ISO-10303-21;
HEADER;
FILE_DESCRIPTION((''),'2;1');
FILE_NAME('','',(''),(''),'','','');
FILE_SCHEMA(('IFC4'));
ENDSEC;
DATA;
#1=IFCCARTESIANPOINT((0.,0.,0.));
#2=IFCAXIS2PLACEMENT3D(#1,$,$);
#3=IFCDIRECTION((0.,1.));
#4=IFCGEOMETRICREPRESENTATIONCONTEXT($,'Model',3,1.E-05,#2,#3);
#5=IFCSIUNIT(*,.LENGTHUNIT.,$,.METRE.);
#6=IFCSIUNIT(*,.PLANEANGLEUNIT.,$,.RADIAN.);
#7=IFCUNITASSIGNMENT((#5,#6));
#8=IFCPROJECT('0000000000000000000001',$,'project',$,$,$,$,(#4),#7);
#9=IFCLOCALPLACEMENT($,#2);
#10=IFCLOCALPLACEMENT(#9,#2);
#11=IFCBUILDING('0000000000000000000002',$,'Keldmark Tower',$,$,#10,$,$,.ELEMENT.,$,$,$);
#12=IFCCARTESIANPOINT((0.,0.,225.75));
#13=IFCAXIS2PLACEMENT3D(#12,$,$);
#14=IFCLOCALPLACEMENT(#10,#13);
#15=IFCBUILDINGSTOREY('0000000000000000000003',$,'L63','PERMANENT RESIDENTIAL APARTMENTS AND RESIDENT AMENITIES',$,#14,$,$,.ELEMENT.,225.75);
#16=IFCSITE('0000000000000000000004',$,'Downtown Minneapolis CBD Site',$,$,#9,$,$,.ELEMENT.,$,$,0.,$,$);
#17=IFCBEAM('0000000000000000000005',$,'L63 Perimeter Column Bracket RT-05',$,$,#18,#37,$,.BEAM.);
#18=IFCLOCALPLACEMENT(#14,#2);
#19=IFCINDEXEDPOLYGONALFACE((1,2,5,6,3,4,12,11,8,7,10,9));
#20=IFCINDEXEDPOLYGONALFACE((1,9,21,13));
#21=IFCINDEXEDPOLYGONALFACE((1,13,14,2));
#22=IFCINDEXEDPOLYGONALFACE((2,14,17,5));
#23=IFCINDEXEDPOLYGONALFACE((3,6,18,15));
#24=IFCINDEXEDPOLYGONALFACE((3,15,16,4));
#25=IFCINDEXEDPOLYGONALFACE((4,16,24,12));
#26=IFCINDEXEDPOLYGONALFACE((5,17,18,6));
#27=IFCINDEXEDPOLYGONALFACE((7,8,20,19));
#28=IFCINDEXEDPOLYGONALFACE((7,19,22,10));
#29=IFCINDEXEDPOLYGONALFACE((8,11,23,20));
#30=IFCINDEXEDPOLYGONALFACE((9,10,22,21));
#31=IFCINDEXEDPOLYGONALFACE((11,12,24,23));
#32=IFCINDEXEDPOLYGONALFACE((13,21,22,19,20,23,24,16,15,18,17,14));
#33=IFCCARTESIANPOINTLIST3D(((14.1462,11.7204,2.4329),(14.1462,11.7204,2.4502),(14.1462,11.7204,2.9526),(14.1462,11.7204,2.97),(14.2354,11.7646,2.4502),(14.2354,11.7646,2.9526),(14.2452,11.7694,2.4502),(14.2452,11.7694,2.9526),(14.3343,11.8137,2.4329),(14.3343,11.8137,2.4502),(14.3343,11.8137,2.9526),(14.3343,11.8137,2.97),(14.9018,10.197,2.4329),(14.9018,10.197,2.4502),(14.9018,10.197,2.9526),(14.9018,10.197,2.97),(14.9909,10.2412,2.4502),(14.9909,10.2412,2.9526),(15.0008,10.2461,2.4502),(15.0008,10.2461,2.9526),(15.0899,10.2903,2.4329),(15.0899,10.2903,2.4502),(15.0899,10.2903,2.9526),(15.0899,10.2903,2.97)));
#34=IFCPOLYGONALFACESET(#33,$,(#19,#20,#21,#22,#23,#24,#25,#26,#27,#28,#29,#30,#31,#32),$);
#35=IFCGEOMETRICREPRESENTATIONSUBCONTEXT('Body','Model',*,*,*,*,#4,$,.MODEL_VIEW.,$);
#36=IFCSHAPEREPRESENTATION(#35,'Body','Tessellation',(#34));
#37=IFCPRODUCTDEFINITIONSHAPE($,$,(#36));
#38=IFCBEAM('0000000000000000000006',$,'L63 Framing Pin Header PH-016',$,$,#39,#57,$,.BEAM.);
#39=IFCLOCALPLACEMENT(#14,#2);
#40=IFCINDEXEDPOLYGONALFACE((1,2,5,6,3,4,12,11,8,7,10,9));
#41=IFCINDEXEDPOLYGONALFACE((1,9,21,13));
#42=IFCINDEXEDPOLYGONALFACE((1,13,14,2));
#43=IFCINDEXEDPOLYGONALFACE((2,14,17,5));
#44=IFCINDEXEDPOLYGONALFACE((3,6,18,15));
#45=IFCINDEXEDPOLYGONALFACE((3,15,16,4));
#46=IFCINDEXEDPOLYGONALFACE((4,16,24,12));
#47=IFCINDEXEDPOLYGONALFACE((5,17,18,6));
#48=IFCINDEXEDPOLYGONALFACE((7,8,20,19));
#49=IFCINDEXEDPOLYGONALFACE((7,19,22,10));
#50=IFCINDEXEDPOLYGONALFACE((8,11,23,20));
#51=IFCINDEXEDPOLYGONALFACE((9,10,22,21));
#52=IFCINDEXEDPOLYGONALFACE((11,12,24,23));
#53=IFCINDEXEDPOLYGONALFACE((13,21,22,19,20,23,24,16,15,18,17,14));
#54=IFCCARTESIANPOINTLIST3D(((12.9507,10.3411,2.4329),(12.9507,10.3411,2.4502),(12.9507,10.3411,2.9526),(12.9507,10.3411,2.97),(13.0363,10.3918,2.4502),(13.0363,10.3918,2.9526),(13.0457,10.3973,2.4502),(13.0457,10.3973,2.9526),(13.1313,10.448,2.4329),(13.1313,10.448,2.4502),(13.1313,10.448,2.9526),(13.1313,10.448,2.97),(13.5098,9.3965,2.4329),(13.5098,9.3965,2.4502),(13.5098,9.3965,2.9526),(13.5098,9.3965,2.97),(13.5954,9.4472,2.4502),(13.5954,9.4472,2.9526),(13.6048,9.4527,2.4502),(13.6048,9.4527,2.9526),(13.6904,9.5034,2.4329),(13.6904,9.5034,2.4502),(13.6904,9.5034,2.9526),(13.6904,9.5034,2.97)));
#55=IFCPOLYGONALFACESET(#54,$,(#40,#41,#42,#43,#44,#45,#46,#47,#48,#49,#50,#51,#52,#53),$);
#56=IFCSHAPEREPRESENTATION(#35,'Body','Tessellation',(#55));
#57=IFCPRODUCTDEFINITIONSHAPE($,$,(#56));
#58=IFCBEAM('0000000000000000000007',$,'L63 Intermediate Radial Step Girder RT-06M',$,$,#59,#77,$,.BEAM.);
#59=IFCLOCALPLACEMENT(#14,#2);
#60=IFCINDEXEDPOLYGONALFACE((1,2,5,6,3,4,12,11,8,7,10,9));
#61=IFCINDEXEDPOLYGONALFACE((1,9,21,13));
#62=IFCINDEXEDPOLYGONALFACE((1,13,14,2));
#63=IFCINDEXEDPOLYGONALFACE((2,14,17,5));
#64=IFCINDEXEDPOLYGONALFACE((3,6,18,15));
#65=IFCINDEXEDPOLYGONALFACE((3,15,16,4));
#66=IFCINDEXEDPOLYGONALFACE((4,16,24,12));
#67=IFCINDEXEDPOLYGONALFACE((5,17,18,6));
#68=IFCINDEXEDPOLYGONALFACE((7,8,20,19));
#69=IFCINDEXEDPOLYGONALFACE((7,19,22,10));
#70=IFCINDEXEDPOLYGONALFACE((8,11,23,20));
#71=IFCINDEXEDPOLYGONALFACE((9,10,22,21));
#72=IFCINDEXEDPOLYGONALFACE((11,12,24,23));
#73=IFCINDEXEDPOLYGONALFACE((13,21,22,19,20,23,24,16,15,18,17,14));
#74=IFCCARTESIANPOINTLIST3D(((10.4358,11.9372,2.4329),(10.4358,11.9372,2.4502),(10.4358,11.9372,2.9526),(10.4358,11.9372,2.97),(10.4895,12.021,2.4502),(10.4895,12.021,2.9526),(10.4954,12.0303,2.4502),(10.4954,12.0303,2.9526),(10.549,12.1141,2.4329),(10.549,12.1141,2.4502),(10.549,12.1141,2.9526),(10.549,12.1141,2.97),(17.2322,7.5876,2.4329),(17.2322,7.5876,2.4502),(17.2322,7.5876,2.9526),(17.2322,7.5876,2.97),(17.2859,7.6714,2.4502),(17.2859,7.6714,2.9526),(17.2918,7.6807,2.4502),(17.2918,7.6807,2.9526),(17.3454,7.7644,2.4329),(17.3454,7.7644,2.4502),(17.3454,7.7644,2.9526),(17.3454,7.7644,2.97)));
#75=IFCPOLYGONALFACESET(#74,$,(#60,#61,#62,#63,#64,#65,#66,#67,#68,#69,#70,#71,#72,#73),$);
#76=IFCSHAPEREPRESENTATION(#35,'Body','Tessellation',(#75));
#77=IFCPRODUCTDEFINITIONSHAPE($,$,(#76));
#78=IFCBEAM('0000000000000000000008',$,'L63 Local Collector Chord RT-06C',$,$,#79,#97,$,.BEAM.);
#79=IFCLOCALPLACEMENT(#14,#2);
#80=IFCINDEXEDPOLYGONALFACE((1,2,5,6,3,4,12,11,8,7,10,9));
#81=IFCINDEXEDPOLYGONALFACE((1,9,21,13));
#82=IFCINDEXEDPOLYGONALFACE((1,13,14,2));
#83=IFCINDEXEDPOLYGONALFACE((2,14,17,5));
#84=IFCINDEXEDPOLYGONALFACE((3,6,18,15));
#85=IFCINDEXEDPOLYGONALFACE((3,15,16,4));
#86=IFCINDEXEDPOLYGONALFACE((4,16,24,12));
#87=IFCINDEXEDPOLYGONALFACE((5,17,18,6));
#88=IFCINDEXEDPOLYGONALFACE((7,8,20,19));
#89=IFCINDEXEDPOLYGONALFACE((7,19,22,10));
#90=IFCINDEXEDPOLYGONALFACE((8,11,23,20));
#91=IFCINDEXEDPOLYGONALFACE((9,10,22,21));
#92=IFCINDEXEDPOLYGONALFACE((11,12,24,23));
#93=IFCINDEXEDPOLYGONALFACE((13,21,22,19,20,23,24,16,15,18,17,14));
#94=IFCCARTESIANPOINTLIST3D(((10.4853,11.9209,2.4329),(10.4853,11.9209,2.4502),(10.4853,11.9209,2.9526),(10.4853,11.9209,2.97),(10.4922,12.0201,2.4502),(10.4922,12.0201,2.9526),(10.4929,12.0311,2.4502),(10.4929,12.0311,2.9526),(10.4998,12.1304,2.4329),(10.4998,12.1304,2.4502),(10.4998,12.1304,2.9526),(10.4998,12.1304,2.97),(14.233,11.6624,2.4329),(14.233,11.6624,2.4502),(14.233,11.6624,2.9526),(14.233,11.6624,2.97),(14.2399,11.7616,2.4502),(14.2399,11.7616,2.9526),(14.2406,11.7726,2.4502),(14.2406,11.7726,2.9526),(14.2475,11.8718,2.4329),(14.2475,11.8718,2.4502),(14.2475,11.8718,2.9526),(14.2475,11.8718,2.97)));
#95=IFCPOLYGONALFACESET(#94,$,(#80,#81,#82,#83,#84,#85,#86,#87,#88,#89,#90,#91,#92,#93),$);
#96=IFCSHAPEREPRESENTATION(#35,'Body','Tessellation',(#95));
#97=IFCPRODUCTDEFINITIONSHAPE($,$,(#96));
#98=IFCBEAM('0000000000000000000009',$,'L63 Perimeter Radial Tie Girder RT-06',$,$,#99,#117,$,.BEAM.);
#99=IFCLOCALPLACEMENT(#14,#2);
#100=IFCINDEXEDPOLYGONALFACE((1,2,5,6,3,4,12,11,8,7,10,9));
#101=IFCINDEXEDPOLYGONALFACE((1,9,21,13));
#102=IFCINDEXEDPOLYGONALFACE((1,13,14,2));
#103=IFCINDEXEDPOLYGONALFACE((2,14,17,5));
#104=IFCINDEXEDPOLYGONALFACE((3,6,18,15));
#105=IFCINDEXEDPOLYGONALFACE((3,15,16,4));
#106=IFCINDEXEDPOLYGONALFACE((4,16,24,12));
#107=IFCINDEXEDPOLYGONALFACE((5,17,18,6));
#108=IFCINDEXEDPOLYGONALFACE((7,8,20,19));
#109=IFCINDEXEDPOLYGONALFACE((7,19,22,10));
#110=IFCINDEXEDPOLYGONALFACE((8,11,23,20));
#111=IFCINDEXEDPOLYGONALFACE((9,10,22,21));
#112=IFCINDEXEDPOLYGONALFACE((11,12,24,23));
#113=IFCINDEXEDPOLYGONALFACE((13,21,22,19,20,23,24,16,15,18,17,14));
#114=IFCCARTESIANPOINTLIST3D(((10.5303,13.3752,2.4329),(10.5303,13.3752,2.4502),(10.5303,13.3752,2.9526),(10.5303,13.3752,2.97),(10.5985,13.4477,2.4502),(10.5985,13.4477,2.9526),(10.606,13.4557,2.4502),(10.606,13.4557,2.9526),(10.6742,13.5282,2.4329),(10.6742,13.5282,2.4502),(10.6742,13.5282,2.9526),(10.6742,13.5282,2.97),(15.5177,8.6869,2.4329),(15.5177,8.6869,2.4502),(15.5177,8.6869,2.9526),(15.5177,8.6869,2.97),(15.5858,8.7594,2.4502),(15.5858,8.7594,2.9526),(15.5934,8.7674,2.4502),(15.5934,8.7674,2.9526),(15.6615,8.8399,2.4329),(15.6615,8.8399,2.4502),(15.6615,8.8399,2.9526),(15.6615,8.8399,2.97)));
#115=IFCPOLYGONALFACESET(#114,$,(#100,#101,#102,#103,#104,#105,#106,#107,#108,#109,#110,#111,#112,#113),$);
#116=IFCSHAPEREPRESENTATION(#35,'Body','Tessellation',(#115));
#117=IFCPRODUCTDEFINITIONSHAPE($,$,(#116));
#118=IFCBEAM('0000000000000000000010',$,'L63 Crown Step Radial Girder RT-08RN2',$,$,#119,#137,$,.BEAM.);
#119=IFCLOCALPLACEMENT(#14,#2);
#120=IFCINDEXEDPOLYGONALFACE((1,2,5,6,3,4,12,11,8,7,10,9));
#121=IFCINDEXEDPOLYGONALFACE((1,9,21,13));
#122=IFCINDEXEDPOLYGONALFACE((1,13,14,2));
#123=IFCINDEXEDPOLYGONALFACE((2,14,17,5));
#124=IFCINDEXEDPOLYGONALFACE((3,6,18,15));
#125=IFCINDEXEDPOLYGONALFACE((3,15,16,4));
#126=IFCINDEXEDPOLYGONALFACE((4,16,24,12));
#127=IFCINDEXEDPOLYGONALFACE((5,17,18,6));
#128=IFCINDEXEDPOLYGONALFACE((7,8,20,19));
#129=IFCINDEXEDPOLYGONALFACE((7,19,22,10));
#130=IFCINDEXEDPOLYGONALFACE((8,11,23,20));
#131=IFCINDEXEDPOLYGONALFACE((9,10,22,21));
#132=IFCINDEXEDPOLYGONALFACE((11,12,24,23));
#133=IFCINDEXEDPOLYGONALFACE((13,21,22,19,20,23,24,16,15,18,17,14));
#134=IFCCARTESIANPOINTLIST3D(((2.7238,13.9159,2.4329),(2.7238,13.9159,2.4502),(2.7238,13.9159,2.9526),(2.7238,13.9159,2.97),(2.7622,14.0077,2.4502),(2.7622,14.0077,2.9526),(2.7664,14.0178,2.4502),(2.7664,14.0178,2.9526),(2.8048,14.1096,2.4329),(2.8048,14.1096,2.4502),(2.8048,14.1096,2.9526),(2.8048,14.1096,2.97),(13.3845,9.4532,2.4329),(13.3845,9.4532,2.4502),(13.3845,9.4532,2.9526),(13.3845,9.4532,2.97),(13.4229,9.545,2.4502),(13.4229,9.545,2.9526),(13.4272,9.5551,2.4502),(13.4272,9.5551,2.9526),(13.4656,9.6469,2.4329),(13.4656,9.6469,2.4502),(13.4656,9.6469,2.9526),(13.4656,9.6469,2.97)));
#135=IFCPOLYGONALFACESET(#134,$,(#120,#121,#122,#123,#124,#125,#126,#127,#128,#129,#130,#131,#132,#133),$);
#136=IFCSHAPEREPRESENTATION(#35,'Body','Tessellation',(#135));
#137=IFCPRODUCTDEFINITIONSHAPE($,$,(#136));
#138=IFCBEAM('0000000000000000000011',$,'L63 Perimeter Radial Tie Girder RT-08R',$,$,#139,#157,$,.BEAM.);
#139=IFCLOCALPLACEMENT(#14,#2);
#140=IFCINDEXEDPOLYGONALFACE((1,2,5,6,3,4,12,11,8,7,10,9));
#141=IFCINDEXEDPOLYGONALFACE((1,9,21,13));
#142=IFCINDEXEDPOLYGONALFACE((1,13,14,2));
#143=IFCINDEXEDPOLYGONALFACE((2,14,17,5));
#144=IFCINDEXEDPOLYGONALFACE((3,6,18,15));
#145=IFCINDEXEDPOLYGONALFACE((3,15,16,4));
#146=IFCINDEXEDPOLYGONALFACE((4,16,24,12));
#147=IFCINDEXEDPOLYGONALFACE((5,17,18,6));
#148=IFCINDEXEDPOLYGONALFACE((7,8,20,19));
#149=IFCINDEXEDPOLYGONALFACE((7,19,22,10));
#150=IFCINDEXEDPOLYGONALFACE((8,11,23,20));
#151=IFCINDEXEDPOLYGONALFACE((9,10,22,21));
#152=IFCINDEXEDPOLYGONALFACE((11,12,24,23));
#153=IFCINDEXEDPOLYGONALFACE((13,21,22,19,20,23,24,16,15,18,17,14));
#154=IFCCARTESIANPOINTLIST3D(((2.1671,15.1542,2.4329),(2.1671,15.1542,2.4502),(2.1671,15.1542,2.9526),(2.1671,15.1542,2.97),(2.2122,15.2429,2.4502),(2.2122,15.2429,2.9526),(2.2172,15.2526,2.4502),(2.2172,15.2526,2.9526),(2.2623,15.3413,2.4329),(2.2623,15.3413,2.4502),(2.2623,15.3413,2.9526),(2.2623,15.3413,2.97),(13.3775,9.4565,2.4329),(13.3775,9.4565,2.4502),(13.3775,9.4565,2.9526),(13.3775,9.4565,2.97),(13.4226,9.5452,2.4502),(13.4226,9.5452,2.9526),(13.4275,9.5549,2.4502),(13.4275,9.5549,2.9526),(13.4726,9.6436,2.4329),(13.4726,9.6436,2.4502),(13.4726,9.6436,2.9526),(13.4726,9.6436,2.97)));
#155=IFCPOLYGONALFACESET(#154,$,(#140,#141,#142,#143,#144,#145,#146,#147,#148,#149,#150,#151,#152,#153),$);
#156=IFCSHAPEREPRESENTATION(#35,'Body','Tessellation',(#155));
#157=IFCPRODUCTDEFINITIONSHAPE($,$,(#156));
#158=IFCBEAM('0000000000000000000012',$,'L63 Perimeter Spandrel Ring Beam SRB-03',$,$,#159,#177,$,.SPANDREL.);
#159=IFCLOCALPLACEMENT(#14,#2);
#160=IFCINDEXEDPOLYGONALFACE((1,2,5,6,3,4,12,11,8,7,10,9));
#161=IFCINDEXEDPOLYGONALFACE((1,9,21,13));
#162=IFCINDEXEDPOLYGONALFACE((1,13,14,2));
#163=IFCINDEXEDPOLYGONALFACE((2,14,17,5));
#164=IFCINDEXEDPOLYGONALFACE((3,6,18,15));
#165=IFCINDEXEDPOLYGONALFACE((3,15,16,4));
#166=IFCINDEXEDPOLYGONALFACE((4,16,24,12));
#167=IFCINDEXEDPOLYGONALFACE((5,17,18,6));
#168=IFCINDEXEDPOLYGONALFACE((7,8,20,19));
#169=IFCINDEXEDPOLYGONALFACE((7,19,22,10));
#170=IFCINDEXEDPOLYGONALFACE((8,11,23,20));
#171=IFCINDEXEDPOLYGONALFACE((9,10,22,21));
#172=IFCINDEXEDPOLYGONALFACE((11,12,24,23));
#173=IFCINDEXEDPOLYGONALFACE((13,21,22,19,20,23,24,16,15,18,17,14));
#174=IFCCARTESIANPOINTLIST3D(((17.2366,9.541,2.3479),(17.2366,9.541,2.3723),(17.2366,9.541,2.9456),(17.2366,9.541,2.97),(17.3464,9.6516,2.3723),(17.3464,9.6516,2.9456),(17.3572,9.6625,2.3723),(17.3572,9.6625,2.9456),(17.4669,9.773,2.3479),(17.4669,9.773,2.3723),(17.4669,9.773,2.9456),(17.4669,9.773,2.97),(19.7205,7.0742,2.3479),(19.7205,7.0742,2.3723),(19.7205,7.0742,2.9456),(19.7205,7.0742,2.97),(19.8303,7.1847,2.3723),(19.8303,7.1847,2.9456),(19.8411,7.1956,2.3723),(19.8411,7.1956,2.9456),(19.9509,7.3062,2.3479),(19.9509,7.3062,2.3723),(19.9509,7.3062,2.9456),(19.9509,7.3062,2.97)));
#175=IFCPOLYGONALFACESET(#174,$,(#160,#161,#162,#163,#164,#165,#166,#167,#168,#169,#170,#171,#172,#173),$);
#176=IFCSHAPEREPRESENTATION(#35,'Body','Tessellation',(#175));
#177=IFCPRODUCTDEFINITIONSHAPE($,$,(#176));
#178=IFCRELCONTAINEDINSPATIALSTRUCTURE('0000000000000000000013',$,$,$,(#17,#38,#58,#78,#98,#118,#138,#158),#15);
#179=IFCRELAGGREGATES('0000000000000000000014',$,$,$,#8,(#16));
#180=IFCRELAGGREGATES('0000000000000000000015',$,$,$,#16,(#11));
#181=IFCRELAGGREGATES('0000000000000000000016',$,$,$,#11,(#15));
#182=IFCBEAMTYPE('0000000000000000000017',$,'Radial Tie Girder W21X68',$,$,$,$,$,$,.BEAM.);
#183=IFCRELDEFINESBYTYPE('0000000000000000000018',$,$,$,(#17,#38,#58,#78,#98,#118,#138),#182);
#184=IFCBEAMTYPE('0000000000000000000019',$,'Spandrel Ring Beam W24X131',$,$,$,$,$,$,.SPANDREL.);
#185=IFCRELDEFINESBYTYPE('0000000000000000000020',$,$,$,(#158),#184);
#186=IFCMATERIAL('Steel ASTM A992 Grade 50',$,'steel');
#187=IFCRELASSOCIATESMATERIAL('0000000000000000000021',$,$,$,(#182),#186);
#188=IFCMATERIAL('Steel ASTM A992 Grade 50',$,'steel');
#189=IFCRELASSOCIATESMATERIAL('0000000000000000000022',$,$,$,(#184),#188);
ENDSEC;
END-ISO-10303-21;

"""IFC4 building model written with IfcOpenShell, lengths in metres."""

from ifc_helpers import new_model, si_unit, direction, frame, origin, origin_2d, place, context, subcontext, project, spatial, i_section, extrude, material, material_profile, profile_set, type_object, element, save


model = new_model("IFC4")

# Units and contexts
model_context = context("Model", 3, precision=1e-05, world=origin(), true_north=direction((0.0, 1.0)))
body_context = subcontext(model_context, "Body", "Model", "MODEL_VIEW")
ifc_project = project(units=[si_unit("LENGTHUNIT", "METRE"), si_unit("PLANEANGLEUNIT", "RADIAN")], contexts=[model_context])

# Site, building, storey
site_placement = place(None, origin())
site = spatial("IfcSite", under=ifc_project, at=site_placement, Name="Downtown Minneapolis CBD Site", CompositionType="ELEMENT", RefElevation=0.0)
building_placement = place(site_placement, origin())
building = spatial("IfcBuilding", under=site, at=building_placement, Name="Keldmark Tower", CompositionType="ELEMENT")
storey_placement = place(building_placement, frame((0.0, 0.0, 225.75)))
storey = spatial("IfcBuildingStorey", under=building, at=storey_placement, Name="L63", Description="PERMANENT RESIDENTIAL APARTMENTS AND RESIDENT AMENITIES", CompositionType="ELEMENT", Elevation=225.75)

# Beams
ifc_material_1 = material(Name="Steel ASTM A992 Grade 50", Category="steel")
ifc_material_profile_1 = material_profile(ifc_material_1, i_section(OverallWidth=0.21, OverallDepth=0.5371, WebThickness=0.011, FlangeThickness=0.0173, at=origin_2d()), Name="W21X68")
ifc_profile_set_1 = profile_set([ifc_material_profile_1], Name="Steel ASTM A992 Grade 50")
beam_type_1 = type_object("IfcBeamType", Name="Radial Tie Girder W21X68", PredefinedType="BEAM", material=ifc_profile_set_1)
beam_1_placement = place(storey_placement, frame((14.9958, 10.2437, 2.7014), z_axis=(-0.44434, 0.895858, 0.0), x_axis=(-0.895858, -0.44434, 0.0)))
element("IfcBeam", 1, at=beam_1_placement, inside=storey, type_object=beam_type_1, Name="L63 Perimeter Column Bracket RT-05", PredefinedType="BEAM", context=body_context, shape_type="SweptSolid", body=[
    extrude(i_section(OverallWidth=0.21, OverallDepth=0.5371, WebThickness=0.011, FlangeThickness=0.0173, at=origin_2d()), origin(), (0.0, 0.0, 1.0), 1.7004),
])
beam_2_placement = place(storey_placement, frame((13.6001, 9.45, 2.7014), z_axis=(-0.509351, 0.860559, 0.0), x_axis=(-0.860559, -0.509351, 0.0)))
element("IfcBeam", 2, at=beam_2_placement, inside=storey, type_object=beam_type_1, Name="L63 Framing Pin Header PH-016", PredefinedType="BEAM", context=body_context, shape_type="SweptSolid", body=[
    extrude(i_section(OverallWidth=0.21, OverallDepth=0.5371, WebThickness=0.011, FlangeThickness=0.0173, at=origin_2d()), origin(), (0.0, 0.0, 1.0), 1.0977),
])
beam_3_placement = place(storey_placement, frame((17.2888, 7.676, 2.7014), z_axis=(-0.842276, 0.539047, 0.0), x_axis=(-0.539047, -0.842276, 0.0)))
element("IfcBeam", 3, at=beam_3_placement, inside=storey, type_object=beam_type_1, Name="L63 Intermediate Radial Step Girder RT-06M", PredefinedType="BEAM", context=body_context, shape_type="SweptSolid", body=[
    extrude(i_section(OverallWidth=0.21, OverallDepth=0.5371, WebThickness=0.011, FlangeThickness=0.0173, at=origin_2d()), origin(), (0.0, 0.0, 1.0), 8.0691),
])
beam_4_placement = place(storey_placement, frame((14.2402, 11.7671, 2.7014), z_axis=(-0.997629, 0.068822, 0.0), x_axis=(-0.068822, -0.997629, 0.0)))
element("IfcBeam", 4, at=beam_4_placement, inside=storey, type_object=beam_type_1, Name="L63 Local Collector Chord RT-06C", PredefinedType="BEAM", context=body_context, shape_type="SweptSolid", body=[
    extrude(i_section(OverallWidth=0.21, OverallDepth=0.5371, WebThickness=0.011, FlangeThickness=0.0173, at=origin_2d()), origin(), (0.0, 0.0, 1.0), 3.7566),
])
beam_5_placement = place(storey_placement, frame((15.5896, 8.7634, 2.7014), z_axis=(-0.728616, 0.684923, 0.0), x_axis=(-0.684923, -0.728616, 0.0)))
element("IfcBeam", 5, at=beam_5_placement, inside=storey, type_object=beam_type_1, Name="L63 Perimeter Radial Tie Girder RT-06", PredefinedType="BEAM", context=body_context, shape_type="SweptSolid", body=[
    extrude(i_section(OverallWidth=0.21, OverallDepth=0.5371, WebThickness=0.011, FlangeThickness=0.0173, at=origin_2d()), origin(), (0.0, 0.0, 1.0), 6.845),
])
beam_6_placement = place(storey_placement, frame((13.425, 9.55, 2.7014), z_axis=(-0.922439, 0.386142, 0.0), x_axis=(-0.386142, -0.922439, 0.0)))
element("IfcBeam", 6, at=beam_6_placement, inside=storey, type_object=beam_type_1, Name="L63 Crown Step Radial Girder RT-08RN2", PredefinedType="BEAM", context=body_context, shape_type="SweptSolid", body=[
    extrude(i_section(OverallWidth=0.21, OverallDepth=0.5371, WebThickness=0.011, FlangeThickness=0.0173, at=origin_2d()), origin(), (0.0, 0.0, 1.0), 11.5571),
])
beam_7_placement = place(storey_placement, frame((13.425, 9.55, 2.7014), z_axis=(-0.891465, 0.45309, 0.0), x_axis=(-0.45309, -0.891465, 0.0)))
element("IfcBeam", 7, at=beam_7_placement, inside=storey, type_object=beam_type_1, Name="L63 Perimeter Radial Tie Girder RT-08R", PredefinedType="BEAM", context=body_context, shape_type="SweptSolid", body=[
    extrude(i_section(OverallWidth=0.21, OverallDepth=0.5371, WebThickness=0.011, FlangeThickness=0.0173, at=origin_2d()), origin(), (0.0, 0.0, 1.0), 12.5752),
])
ifc_material_2 = material(Name="Steel ASTM A992 Grade 50", Category="steel")
ifc_material_profile_2 = material_profile(ifc_material_2, i_section(OverallWidth=0.3269, OverallDepth=0.6221, WebThickness=0.0154, FlangeThickness=0.0244, at=origin_2d()), Name="W24X131")
ifc_profile_set_2 = profile_set([ifc_material_profile_2], Name="Steel ASTM A992 Grade 50")
beam_type_2 = type_object("IfcBeamType", Name="Spandrel Ring Beam W24X131", PredefinedType="SPANDREL", material=ifc_profile_set_2)
beam_8_placement = place(storey_placement, frame((19.8357, 7.1902, 2.6589), z_axis=(-0.709543, 0.704662, 0.0), x_axis=(-0.704662, -0.709543, 0.0)))
element("IfcBeam", 8, at=beam_8_placement, inside=storey, type_object=beam_type_2, Name="L63 Perimeter Spandrel Ring Beam SRB-03", PredefinedType="SPANDREL", context=body_context, shape_type="SweptSolid", body=[
    extrude(i_section(OverallWidth=0.3269, OverallDepth=0.6221, WebThickness=0.0154, FlangeThickness=0.0244, at=origin_2d()), origin(), (0.0, 0.0, 1.0), 3.5007),
])

save(model, "model.ifc")
